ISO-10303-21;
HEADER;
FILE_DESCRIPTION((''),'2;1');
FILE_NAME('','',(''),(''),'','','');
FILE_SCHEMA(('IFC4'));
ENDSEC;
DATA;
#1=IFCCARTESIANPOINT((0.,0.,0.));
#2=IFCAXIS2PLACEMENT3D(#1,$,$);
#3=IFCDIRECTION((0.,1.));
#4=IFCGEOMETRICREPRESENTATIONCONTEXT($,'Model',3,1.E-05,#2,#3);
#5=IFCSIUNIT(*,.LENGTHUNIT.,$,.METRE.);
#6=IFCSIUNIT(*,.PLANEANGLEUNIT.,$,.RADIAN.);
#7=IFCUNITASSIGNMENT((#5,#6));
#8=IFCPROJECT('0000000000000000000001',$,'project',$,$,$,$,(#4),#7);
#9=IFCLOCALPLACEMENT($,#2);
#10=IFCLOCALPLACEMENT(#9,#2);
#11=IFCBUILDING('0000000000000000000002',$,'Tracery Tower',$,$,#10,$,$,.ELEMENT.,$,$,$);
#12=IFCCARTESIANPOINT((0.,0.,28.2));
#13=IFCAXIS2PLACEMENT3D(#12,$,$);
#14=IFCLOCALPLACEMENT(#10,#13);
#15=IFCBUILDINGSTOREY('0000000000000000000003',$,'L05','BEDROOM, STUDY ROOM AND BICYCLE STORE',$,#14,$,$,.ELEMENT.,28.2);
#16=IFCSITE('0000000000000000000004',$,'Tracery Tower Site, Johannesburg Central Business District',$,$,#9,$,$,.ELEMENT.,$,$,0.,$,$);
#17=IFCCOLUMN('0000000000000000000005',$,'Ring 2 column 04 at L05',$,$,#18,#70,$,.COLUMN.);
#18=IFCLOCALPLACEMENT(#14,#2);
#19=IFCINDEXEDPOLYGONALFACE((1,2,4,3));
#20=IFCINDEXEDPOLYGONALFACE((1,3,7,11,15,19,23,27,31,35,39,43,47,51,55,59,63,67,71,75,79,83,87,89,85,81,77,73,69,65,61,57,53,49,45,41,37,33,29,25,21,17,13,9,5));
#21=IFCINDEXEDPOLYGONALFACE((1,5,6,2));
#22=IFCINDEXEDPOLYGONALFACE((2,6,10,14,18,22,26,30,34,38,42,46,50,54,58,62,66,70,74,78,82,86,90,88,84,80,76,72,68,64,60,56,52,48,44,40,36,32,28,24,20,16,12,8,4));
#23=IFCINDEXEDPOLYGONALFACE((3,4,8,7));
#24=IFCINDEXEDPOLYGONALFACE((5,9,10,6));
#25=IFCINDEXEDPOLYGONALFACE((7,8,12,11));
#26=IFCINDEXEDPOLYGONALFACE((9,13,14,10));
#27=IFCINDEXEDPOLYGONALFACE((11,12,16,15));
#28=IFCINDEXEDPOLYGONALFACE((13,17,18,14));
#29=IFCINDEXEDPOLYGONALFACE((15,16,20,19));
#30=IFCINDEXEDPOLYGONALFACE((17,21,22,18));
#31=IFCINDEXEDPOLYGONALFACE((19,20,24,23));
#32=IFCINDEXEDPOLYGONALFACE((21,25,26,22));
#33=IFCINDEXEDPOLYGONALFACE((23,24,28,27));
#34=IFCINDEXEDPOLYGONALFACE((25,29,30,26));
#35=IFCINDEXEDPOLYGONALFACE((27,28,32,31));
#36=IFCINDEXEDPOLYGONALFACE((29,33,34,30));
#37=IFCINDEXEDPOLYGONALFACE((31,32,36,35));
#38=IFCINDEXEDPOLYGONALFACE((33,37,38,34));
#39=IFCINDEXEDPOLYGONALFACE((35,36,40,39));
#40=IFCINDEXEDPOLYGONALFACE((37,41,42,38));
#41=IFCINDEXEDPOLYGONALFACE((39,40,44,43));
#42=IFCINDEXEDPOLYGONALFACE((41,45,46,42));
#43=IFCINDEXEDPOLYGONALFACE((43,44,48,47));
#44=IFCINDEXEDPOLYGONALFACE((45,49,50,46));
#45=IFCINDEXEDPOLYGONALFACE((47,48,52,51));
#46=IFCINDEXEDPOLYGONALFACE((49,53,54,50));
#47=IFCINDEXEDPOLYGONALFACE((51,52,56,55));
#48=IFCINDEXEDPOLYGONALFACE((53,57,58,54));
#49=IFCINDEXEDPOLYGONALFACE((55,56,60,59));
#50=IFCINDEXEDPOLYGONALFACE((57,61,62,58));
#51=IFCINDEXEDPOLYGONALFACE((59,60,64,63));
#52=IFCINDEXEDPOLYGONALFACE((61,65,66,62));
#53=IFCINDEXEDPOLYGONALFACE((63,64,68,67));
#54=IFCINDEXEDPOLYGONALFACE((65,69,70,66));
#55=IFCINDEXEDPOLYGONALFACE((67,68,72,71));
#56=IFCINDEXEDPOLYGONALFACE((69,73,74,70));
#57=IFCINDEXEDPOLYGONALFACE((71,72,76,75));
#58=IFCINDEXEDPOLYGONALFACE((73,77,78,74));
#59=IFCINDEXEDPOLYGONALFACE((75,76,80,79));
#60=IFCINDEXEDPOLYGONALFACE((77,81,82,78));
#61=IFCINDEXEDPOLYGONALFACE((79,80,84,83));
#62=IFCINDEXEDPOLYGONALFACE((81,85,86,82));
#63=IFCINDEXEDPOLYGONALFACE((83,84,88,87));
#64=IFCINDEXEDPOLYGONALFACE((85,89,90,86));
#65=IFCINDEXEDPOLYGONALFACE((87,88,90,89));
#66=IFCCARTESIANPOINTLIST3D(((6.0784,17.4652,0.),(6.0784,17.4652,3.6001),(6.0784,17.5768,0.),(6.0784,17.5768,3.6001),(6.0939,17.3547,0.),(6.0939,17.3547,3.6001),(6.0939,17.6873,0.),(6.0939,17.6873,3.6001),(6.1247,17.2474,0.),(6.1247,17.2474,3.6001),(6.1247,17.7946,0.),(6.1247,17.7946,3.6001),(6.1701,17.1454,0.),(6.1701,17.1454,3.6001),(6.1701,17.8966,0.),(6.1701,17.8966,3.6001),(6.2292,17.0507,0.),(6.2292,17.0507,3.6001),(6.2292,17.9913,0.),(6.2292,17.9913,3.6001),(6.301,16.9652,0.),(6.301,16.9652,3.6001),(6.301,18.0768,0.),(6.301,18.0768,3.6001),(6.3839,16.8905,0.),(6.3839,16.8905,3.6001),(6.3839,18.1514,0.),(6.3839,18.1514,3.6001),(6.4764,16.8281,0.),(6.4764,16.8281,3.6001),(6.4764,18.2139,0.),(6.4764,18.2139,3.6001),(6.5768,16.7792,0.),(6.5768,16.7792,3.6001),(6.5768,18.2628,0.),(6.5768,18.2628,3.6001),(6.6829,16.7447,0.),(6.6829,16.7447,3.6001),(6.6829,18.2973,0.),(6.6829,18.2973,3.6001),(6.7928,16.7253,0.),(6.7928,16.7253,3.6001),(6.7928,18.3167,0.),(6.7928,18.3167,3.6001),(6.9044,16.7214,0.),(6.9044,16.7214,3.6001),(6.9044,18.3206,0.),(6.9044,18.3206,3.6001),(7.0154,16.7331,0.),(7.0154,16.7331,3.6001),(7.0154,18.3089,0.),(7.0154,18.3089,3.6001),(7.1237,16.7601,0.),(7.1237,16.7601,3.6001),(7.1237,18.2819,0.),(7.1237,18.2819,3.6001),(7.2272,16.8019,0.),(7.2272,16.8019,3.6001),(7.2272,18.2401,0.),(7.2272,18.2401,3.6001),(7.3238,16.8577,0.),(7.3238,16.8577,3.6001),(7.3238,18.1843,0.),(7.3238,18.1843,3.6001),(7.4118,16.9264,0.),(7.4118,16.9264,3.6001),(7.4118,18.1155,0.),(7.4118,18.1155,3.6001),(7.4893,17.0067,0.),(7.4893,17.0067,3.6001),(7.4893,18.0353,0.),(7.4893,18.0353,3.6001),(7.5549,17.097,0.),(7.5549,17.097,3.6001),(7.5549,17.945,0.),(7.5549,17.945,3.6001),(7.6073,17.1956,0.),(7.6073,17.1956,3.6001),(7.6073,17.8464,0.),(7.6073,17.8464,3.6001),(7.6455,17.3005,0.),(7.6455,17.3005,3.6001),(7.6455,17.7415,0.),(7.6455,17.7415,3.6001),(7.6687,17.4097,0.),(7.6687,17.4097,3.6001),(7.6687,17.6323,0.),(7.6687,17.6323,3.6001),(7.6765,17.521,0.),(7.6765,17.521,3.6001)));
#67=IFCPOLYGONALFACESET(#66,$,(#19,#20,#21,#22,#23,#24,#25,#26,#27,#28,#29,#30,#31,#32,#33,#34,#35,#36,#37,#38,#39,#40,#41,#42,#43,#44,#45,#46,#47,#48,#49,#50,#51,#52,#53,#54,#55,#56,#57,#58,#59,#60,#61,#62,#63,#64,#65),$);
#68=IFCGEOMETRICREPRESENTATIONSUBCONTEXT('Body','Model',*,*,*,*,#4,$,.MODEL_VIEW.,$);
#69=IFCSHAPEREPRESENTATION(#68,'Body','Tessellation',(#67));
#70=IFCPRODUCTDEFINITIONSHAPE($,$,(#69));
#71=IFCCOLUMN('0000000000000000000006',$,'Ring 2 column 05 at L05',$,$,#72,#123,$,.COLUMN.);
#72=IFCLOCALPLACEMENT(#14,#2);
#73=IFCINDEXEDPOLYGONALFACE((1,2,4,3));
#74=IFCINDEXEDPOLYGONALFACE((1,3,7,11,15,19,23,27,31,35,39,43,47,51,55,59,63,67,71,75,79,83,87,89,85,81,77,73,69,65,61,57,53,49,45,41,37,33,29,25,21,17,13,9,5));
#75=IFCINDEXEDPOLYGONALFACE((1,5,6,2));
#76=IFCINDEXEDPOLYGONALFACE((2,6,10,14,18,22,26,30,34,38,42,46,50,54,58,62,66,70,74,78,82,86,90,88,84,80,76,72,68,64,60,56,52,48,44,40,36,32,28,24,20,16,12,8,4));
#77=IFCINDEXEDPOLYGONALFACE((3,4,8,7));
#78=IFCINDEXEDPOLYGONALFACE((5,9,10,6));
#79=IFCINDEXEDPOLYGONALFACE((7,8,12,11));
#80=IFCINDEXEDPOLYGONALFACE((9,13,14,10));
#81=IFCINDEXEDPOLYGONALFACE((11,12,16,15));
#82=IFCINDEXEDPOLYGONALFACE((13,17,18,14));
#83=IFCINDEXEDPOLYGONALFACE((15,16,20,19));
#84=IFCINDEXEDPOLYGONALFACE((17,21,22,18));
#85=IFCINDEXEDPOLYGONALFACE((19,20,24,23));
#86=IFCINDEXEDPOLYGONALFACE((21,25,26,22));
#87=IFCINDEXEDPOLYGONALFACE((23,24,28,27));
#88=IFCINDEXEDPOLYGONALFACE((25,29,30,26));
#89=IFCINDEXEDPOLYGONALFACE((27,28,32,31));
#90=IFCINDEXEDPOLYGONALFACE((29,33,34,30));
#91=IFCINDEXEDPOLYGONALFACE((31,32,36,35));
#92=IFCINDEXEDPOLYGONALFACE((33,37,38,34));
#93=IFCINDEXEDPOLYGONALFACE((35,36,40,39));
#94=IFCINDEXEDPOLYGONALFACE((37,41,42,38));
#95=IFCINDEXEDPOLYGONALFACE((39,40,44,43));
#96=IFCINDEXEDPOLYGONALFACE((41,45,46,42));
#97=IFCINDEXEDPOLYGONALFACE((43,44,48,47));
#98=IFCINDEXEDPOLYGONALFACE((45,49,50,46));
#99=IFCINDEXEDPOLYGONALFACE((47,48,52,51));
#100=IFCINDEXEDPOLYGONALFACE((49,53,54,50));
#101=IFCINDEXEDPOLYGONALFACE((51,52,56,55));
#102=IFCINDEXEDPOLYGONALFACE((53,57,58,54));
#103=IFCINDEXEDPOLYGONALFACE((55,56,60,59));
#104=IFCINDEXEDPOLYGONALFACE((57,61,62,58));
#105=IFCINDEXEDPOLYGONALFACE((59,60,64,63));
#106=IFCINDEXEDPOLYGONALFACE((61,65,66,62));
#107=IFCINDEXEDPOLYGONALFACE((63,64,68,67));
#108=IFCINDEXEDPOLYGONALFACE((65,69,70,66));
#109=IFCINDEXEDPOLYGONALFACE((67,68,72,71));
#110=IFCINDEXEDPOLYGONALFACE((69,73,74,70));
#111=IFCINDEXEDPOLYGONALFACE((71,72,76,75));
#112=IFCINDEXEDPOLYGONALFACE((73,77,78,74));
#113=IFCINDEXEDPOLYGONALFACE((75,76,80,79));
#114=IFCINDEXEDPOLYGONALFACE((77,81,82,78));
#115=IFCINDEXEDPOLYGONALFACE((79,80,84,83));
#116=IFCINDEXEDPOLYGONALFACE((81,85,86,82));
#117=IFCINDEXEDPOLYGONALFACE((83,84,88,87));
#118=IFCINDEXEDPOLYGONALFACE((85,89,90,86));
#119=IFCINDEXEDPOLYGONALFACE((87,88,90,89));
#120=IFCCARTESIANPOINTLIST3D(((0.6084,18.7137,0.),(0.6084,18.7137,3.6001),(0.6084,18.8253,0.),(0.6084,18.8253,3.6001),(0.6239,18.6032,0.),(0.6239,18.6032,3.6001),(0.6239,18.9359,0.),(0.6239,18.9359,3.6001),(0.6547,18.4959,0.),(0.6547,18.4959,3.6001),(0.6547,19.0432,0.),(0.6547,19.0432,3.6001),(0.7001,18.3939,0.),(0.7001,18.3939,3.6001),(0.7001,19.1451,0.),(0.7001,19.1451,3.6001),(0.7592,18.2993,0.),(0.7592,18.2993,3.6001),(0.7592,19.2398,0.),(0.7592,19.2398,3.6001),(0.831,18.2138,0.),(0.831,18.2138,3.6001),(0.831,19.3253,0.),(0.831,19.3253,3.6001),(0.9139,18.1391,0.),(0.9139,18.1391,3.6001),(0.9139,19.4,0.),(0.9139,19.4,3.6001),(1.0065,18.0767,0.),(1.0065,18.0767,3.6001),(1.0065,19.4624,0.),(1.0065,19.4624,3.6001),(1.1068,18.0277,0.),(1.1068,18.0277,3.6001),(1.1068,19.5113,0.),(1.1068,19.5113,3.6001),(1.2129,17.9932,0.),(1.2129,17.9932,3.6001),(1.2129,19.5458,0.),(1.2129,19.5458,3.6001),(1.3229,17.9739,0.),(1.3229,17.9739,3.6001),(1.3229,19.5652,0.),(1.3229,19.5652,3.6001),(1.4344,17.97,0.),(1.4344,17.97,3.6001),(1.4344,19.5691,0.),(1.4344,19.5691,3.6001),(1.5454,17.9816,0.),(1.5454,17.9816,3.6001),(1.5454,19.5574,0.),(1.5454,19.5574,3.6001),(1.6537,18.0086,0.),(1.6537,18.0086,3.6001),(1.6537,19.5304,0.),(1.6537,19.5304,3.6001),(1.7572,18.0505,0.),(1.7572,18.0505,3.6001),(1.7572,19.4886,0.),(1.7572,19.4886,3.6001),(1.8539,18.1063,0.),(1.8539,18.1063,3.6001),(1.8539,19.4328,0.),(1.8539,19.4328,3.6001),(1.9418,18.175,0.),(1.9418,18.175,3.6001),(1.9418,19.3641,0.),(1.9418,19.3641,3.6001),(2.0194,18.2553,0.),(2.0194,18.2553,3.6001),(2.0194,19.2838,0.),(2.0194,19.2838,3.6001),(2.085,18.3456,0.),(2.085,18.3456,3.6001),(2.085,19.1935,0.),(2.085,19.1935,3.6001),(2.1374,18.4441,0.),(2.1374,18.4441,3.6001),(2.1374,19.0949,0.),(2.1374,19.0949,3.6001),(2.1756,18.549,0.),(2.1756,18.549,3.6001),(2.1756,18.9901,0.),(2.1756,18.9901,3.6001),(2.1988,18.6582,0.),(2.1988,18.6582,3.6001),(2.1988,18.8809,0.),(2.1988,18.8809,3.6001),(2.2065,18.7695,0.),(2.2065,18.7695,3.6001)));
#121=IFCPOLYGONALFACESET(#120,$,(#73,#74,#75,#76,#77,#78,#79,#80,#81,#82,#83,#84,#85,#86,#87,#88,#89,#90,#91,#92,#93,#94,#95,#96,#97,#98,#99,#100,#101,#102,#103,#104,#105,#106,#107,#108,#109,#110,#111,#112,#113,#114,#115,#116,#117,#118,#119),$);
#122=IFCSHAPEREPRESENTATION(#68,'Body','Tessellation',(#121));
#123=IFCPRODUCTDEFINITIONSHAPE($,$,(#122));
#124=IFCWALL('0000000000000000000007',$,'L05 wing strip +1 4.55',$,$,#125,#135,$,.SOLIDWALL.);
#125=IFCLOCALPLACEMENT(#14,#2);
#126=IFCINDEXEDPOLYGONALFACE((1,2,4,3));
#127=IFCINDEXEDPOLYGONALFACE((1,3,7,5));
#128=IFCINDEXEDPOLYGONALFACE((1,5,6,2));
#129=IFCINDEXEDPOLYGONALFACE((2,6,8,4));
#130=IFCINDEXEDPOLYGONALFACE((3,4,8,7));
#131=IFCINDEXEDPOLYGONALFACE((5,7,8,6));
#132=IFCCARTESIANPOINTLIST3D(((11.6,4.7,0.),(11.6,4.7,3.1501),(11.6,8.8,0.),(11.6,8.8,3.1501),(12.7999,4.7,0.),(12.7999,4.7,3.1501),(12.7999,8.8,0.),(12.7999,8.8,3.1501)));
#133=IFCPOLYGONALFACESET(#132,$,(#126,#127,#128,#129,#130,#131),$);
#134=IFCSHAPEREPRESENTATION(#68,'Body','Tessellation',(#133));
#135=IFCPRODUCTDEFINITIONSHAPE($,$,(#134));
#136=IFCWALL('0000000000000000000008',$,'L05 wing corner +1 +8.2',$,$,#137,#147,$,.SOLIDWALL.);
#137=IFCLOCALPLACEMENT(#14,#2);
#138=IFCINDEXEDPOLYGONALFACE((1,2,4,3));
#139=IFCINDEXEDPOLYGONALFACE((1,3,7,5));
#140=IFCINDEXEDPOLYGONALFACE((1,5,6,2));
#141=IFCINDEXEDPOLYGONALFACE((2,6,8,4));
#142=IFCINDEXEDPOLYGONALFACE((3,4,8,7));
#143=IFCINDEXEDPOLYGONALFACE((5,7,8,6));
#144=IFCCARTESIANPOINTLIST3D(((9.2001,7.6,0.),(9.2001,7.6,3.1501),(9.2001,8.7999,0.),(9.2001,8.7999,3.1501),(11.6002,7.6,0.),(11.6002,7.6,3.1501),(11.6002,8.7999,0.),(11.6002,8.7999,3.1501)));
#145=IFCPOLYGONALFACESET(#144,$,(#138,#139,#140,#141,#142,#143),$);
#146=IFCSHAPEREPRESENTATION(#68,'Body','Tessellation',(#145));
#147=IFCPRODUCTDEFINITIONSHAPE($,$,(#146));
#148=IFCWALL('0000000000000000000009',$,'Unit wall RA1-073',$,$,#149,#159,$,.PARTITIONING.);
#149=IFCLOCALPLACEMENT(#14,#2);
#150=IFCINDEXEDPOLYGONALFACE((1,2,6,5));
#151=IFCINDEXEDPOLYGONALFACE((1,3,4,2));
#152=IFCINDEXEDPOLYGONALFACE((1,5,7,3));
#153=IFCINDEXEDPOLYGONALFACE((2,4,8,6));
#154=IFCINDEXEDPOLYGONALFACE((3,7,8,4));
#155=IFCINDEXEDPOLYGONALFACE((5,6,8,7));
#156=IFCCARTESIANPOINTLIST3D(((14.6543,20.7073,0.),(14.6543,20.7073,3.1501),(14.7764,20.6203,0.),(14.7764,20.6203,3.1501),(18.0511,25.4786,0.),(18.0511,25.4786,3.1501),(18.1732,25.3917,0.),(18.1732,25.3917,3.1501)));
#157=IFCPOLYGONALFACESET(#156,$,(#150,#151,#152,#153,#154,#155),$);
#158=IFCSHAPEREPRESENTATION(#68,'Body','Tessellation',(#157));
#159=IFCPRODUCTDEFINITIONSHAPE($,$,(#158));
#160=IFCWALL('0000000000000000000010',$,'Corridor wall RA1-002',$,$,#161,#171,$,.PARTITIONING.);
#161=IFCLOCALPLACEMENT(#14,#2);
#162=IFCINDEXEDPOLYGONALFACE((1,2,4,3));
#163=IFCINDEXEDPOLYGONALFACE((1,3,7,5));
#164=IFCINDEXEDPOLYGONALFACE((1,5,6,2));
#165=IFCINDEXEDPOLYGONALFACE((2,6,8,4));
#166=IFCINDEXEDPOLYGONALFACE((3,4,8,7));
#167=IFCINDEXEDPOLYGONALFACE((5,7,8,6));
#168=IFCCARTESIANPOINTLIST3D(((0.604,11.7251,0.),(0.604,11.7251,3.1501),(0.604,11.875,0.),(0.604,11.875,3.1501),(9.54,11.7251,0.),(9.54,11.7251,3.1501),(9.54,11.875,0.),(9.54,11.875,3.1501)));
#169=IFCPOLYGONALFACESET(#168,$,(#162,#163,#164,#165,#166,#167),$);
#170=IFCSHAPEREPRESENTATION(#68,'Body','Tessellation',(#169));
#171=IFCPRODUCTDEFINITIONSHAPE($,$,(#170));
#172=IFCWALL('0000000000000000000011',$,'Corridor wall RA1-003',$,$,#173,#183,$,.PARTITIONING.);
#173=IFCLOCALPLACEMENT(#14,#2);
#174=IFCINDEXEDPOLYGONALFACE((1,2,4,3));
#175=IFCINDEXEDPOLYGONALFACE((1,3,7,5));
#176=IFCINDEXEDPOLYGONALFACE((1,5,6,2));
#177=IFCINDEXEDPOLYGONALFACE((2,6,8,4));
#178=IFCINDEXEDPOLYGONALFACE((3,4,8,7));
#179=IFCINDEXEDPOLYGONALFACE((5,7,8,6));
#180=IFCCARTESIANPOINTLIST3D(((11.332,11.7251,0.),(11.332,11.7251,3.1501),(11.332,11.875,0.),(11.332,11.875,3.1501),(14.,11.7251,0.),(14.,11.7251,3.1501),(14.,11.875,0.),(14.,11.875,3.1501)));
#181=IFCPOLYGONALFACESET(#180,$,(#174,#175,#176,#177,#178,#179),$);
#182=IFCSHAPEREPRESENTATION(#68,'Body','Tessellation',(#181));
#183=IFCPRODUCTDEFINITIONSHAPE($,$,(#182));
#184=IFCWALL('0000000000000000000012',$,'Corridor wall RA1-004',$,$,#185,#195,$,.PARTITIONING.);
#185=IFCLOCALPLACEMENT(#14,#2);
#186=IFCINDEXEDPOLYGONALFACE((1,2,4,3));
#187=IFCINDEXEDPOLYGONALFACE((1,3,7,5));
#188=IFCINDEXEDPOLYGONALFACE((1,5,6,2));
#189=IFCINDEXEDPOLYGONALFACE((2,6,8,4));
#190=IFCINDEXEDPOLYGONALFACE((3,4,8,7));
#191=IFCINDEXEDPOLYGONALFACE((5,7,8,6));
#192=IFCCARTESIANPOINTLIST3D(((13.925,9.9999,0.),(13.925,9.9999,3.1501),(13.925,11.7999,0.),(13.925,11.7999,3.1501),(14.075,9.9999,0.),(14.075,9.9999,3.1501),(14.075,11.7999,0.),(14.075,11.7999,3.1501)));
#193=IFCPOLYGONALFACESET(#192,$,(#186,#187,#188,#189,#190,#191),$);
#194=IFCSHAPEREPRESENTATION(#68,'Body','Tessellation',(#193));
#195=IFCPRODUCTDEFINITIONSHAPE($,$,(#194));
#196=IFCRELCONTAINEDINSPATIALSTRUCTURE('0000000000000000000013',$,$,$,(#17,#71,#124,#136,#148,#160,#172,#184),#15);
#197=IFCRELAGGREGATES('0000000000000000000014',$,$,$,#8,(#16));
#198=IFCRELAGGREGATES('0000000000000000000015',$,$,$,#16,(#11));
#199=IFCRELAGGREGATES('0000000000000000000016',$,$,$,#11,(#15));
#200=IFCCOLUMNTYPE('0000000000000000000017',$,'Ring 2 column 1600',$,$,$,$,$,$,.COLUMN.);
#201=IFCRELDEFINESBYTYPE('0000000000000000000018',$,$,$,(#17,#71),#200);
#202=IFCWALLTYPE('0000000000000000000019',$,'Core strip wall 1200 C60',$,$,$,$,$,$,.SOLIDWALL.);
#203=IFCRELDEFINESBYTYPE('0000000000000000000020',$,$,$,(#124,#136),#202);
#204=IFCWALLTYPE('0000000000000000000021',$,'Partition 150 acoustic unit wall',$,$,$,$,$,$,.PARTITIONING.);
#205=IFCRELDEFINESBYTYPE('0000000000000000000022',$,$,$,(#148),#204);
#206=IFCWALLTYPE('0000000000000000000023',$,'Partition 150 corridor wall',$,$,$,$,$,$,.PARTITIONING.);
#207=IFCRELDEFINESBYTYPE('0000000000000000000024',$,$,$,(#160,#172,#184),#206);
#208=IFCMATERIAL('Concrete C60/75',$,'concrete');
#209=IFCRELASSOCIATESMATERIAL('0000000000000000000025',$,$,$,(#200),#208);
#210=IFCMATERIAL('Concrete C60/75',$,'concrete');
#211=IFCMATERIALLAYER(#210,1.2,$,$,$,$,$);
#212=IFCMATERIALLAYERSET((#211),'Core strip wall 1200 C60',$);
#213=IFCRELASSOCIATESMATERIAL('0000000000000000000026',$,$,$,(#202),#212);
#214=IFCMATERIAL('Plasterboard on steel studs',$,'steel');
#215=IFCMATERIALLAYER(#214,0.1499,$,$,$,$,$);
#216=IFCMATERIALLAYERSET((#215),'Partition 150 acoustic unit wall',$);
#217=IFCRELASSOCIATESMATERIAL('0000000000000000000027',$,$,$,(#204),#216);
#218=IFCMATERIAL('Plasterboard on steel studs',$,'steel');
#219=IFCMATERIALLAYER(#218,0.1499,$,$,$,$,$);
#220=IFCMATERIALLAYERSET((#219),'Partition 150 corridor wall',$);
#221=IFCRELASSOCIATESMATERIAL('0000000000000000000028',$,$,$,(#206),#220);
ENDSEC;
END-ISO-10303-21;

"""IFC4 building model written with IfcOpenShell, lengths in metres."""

from ifc_helpers import new_model, si_unit, direction, frame, frame_2d, origin, origin_2d, place, context, subcontext, project, spatial, rectangle, circle, extrude, material, layer, layer_set, material_profile, profile_set, type_object, element, save


model = new_model("IFC4")

# Units and contexts
model_context = context("Model", 3, precision=1e-05, world=origin(), true_north=direction((0.0, 1.0)))
body_context = subcontext(model_context, "Body", "Model", "MODEL_VIEW")
ifc_project = project(units=[si_unit("LENGTHUNIT", "METRE"), si_unit("PLANEANGLEUNIT", "RADIAN")], contexts=[model_context])

# Site, building, storey
site_placement = place(None, origin())
site = spatial("IfcSite", under=ifc_project, at=site_placement, Name="Tracery Tower Site, Johannesburg Central Business District", CompositionType="ELEMENT", RefElevation=0.0)
building_placement = place(site_placement, origin())
building = spatial("IfcBuilding", under=site, at=building_placement, Name="Tracery Tower", CompositionType="ELEMENT")
storey_placement = place(building_placement, frame((0.0, 0.0, 28.2)))
storey = spatial("IfcBuildingStorey", under=building, at=storey_placement, Name="L05", Description="BEDROOM, STUDY ROOM AND BICYCLE STORE", CompositionType="ELEMENT", Elevation=28.2)

# Columns
ifc_material_1 = material(Name="Concrete C60/75", Category="concrete")
ifc_material_profile_1 = material_profile(ifc_material_1, circle(Radius=0.8, at=origin_2d()), Name="RC D1600")
ifc_profile_set_1 = profile_set([ifc_material_profile_1], Name="Concrete C60/75")
column_type_1 = type_object("IfcColumnType", Name="Ring 2 column 1600", PredefinedType="COLUMN", material=ifc_profile_set_1)
for number, where, z_axis, x_axis, name in (
    (1, (6.8765, 17.521, 0.0), (0.0, 0.0, 1.0), (1.0, 0.0, 0.0), "Ring 2 column 04 at L05"),
    (2, (1.4065, 18.7695, 0.0), (0.0, 0.0, 1.0), (1.0, 0.0, 0.0), "Ring 2 column 05 at L05"),
):
    element("IfcColumn", number, at=place(storey_placement, frame(where, z_axis=z_axis, x_axis=x_axis)), inside=storey, type_object=column_type_1, Name=name, PredefinedType="COLUMN", context=body_context, shape_type="SweptSolid", body=[
        extrude(circle(Radius=0.8, at=origin_2d()), origin(), (0.0, 0.0, 1.0), 3.6001),
    ])

# Walls
ifc_material_2 = material(Name="Concrete C60/75", Category="concrete")
ifc_layer_1 = layer(ifc_material_2, 1.2)
ifc_layer_set_1 = layer_set([ifc_layer_1], Name="Core strip wall 1200 C60")
wall_type_1 = type_object("IfcWallType", Name="Core strip wall 1200 C60", PredefinedType="SOLIDWALL", material=ifc_layer_set_1)
wall_1_placement = place(storey_placement, frame((12.2, 4.7, 0.0), z_axis=(0.0, 0.0, 1.0), x_axis=(0.0, 1.0, 0.0)))
element("IfcWall", 3, at=wall_1_placement, inside=storey, type_object=wall_type_1, Name="L05 wing strip +1 4.55", PredefinedType="SOLIDWALL", context=body_context, shape_type="SweptSolid", body=[
    extrude(rectangle(XDim=4.1001, YDim=1.2, at=frame_2d((2.05, 0.0))), origin(), (0.0, 0.0, 1.0), 3.1501),
])
wall_2_placement = place(storey_placement, frame((9.2, 8.2, 0.0), z_axis=(0.0, 0.0, 1.0), x_axis=(1.0, 0.0, 0.0)))
element("IfcWall", 4, at=wall_2_placement, inside=storey, type_object=wall_type_1, Name="L05 wing corner +1 +8.2", PredefinedType="SOLIDWALL", context=body_context, shape_type="SweptSolid", body=[
    extrude(rectangle(XDim=2.4001, YDim=1.2, at=frame_2d((1.2002, 0.0))), origin(), (0.0, 0.0, 1.0), 3.1501),
])
ifc_material_3 = material(Name="Plasterboard on steel studs", Category="steel")
ifc_layer_2 = layer(ifc_material_3, 0.1499)
ifc_layer_set_2 = layer_set([ifc_layer_2], Name="Partition 150 acoustic unit wall")
wall_type_2 = type_object("IfcWallType", Name="Partition 150 acoustic unit wall", PredefinedType="PARTITIONING", material=ifc_layer_set_2)
wall_3_placement = place(storey_placement, frame((14.7153, 20.6638, 0.0), z_axis=(0.0, 0.0, 1.0), x_axis=(0.57996, 0.814645, 0.0)))
element("IfcWall", 5, at=wall_3_placement, inside=storey, type_object=wall_type_2, Name="Unit wall RA1-073", PredefinedType="PARTITIONING", context=body_context, shape_type="SweptSolid", body=[
    extrude(rectangle(XDim=5.8569, YDim=0.1499, at=frame_2d((2.9285, 0.0))), origin(), (0.0, 0.0, 1.0), 3.1501),
])
ifc_material_4 = material(Name="Plasterboard on steel studs", Category="steel")
ifc_layer_3 = layer(ifc_material_4, 0.1499)
ifc_layer_set_3 = layer_set([ifc_layer_3], Name="Partition 150 corridor wall")
wall_type_3 = type_object("IfcWallType", Name="Partition 150 corridor wall", PredefinedType="PARTITIONING", material=ifc_layer_set_3)
wall_4_placement = place(storey_placement, frame((0.604, 11.8, 0.0), z_axis=(0.0, 0.0, 1.0), x_axis=(1.0, 0.0, 0.0)))
element("IfcWall", 6, at=wall_4_placement, inside=storey, type_object=wall_type_3, Name="Corridor wall RA1-002", PredefinedType="PARTITIONING", context=body_context, shape_type="SweptSolid", body=[
    extrude(rectangle(XDim=8.936, YDim=0.1499, at=frame_2d((4.468, 0.0))), origin(), (0.0, 0.0, 1.0), 3.1501),
])
wall_5_placement = place(storey_placement, frame((11.332, 11.8, 0.0), z_axis=(0.0, 0.0, 1.0), x_axis=(1.0, 0.0, 0.0)))
element("IfcWall", 7, at=wall_5_placement, inside=storey, type_object=wall_type_3, Name="Corridor wall RA1-003", PredefinedType="PARTITIONING", context=body_context, shape_type="SweptSolid", body=[
    extrude(rectangle(XDim=2.668, YDim=0.1499, at=frame_2d((1.334, 0.0))), origin(), (0.0, 0.0, 1.0), 3.1501),
])
for number, where, z_axis, x_axis, name in (
    (8, (14.0, 10.0, 0.0), (0.0, 0.0, 1.0), (0.0, 1.0, 0.0), "Corridor wall RA1-004"),
):
    element("IfcWall", number, at=place(storey_placement, frame(where, z_axis=z_axis, x_axis=x_axis)), inside=storey, type_object=wall_type_3, Name=name, PredefinedType="PARTITIONING", context=body_context, shape_type="SweptSolid", body=[
        extrude(rectangle(XDim=1.8, YDim=0.1499, at=frame_2d((0.8999, 0.0))), origin(), (0.0, 0.0, 1.0), 3.1501),
    ])

save(model, "model.ifc")
